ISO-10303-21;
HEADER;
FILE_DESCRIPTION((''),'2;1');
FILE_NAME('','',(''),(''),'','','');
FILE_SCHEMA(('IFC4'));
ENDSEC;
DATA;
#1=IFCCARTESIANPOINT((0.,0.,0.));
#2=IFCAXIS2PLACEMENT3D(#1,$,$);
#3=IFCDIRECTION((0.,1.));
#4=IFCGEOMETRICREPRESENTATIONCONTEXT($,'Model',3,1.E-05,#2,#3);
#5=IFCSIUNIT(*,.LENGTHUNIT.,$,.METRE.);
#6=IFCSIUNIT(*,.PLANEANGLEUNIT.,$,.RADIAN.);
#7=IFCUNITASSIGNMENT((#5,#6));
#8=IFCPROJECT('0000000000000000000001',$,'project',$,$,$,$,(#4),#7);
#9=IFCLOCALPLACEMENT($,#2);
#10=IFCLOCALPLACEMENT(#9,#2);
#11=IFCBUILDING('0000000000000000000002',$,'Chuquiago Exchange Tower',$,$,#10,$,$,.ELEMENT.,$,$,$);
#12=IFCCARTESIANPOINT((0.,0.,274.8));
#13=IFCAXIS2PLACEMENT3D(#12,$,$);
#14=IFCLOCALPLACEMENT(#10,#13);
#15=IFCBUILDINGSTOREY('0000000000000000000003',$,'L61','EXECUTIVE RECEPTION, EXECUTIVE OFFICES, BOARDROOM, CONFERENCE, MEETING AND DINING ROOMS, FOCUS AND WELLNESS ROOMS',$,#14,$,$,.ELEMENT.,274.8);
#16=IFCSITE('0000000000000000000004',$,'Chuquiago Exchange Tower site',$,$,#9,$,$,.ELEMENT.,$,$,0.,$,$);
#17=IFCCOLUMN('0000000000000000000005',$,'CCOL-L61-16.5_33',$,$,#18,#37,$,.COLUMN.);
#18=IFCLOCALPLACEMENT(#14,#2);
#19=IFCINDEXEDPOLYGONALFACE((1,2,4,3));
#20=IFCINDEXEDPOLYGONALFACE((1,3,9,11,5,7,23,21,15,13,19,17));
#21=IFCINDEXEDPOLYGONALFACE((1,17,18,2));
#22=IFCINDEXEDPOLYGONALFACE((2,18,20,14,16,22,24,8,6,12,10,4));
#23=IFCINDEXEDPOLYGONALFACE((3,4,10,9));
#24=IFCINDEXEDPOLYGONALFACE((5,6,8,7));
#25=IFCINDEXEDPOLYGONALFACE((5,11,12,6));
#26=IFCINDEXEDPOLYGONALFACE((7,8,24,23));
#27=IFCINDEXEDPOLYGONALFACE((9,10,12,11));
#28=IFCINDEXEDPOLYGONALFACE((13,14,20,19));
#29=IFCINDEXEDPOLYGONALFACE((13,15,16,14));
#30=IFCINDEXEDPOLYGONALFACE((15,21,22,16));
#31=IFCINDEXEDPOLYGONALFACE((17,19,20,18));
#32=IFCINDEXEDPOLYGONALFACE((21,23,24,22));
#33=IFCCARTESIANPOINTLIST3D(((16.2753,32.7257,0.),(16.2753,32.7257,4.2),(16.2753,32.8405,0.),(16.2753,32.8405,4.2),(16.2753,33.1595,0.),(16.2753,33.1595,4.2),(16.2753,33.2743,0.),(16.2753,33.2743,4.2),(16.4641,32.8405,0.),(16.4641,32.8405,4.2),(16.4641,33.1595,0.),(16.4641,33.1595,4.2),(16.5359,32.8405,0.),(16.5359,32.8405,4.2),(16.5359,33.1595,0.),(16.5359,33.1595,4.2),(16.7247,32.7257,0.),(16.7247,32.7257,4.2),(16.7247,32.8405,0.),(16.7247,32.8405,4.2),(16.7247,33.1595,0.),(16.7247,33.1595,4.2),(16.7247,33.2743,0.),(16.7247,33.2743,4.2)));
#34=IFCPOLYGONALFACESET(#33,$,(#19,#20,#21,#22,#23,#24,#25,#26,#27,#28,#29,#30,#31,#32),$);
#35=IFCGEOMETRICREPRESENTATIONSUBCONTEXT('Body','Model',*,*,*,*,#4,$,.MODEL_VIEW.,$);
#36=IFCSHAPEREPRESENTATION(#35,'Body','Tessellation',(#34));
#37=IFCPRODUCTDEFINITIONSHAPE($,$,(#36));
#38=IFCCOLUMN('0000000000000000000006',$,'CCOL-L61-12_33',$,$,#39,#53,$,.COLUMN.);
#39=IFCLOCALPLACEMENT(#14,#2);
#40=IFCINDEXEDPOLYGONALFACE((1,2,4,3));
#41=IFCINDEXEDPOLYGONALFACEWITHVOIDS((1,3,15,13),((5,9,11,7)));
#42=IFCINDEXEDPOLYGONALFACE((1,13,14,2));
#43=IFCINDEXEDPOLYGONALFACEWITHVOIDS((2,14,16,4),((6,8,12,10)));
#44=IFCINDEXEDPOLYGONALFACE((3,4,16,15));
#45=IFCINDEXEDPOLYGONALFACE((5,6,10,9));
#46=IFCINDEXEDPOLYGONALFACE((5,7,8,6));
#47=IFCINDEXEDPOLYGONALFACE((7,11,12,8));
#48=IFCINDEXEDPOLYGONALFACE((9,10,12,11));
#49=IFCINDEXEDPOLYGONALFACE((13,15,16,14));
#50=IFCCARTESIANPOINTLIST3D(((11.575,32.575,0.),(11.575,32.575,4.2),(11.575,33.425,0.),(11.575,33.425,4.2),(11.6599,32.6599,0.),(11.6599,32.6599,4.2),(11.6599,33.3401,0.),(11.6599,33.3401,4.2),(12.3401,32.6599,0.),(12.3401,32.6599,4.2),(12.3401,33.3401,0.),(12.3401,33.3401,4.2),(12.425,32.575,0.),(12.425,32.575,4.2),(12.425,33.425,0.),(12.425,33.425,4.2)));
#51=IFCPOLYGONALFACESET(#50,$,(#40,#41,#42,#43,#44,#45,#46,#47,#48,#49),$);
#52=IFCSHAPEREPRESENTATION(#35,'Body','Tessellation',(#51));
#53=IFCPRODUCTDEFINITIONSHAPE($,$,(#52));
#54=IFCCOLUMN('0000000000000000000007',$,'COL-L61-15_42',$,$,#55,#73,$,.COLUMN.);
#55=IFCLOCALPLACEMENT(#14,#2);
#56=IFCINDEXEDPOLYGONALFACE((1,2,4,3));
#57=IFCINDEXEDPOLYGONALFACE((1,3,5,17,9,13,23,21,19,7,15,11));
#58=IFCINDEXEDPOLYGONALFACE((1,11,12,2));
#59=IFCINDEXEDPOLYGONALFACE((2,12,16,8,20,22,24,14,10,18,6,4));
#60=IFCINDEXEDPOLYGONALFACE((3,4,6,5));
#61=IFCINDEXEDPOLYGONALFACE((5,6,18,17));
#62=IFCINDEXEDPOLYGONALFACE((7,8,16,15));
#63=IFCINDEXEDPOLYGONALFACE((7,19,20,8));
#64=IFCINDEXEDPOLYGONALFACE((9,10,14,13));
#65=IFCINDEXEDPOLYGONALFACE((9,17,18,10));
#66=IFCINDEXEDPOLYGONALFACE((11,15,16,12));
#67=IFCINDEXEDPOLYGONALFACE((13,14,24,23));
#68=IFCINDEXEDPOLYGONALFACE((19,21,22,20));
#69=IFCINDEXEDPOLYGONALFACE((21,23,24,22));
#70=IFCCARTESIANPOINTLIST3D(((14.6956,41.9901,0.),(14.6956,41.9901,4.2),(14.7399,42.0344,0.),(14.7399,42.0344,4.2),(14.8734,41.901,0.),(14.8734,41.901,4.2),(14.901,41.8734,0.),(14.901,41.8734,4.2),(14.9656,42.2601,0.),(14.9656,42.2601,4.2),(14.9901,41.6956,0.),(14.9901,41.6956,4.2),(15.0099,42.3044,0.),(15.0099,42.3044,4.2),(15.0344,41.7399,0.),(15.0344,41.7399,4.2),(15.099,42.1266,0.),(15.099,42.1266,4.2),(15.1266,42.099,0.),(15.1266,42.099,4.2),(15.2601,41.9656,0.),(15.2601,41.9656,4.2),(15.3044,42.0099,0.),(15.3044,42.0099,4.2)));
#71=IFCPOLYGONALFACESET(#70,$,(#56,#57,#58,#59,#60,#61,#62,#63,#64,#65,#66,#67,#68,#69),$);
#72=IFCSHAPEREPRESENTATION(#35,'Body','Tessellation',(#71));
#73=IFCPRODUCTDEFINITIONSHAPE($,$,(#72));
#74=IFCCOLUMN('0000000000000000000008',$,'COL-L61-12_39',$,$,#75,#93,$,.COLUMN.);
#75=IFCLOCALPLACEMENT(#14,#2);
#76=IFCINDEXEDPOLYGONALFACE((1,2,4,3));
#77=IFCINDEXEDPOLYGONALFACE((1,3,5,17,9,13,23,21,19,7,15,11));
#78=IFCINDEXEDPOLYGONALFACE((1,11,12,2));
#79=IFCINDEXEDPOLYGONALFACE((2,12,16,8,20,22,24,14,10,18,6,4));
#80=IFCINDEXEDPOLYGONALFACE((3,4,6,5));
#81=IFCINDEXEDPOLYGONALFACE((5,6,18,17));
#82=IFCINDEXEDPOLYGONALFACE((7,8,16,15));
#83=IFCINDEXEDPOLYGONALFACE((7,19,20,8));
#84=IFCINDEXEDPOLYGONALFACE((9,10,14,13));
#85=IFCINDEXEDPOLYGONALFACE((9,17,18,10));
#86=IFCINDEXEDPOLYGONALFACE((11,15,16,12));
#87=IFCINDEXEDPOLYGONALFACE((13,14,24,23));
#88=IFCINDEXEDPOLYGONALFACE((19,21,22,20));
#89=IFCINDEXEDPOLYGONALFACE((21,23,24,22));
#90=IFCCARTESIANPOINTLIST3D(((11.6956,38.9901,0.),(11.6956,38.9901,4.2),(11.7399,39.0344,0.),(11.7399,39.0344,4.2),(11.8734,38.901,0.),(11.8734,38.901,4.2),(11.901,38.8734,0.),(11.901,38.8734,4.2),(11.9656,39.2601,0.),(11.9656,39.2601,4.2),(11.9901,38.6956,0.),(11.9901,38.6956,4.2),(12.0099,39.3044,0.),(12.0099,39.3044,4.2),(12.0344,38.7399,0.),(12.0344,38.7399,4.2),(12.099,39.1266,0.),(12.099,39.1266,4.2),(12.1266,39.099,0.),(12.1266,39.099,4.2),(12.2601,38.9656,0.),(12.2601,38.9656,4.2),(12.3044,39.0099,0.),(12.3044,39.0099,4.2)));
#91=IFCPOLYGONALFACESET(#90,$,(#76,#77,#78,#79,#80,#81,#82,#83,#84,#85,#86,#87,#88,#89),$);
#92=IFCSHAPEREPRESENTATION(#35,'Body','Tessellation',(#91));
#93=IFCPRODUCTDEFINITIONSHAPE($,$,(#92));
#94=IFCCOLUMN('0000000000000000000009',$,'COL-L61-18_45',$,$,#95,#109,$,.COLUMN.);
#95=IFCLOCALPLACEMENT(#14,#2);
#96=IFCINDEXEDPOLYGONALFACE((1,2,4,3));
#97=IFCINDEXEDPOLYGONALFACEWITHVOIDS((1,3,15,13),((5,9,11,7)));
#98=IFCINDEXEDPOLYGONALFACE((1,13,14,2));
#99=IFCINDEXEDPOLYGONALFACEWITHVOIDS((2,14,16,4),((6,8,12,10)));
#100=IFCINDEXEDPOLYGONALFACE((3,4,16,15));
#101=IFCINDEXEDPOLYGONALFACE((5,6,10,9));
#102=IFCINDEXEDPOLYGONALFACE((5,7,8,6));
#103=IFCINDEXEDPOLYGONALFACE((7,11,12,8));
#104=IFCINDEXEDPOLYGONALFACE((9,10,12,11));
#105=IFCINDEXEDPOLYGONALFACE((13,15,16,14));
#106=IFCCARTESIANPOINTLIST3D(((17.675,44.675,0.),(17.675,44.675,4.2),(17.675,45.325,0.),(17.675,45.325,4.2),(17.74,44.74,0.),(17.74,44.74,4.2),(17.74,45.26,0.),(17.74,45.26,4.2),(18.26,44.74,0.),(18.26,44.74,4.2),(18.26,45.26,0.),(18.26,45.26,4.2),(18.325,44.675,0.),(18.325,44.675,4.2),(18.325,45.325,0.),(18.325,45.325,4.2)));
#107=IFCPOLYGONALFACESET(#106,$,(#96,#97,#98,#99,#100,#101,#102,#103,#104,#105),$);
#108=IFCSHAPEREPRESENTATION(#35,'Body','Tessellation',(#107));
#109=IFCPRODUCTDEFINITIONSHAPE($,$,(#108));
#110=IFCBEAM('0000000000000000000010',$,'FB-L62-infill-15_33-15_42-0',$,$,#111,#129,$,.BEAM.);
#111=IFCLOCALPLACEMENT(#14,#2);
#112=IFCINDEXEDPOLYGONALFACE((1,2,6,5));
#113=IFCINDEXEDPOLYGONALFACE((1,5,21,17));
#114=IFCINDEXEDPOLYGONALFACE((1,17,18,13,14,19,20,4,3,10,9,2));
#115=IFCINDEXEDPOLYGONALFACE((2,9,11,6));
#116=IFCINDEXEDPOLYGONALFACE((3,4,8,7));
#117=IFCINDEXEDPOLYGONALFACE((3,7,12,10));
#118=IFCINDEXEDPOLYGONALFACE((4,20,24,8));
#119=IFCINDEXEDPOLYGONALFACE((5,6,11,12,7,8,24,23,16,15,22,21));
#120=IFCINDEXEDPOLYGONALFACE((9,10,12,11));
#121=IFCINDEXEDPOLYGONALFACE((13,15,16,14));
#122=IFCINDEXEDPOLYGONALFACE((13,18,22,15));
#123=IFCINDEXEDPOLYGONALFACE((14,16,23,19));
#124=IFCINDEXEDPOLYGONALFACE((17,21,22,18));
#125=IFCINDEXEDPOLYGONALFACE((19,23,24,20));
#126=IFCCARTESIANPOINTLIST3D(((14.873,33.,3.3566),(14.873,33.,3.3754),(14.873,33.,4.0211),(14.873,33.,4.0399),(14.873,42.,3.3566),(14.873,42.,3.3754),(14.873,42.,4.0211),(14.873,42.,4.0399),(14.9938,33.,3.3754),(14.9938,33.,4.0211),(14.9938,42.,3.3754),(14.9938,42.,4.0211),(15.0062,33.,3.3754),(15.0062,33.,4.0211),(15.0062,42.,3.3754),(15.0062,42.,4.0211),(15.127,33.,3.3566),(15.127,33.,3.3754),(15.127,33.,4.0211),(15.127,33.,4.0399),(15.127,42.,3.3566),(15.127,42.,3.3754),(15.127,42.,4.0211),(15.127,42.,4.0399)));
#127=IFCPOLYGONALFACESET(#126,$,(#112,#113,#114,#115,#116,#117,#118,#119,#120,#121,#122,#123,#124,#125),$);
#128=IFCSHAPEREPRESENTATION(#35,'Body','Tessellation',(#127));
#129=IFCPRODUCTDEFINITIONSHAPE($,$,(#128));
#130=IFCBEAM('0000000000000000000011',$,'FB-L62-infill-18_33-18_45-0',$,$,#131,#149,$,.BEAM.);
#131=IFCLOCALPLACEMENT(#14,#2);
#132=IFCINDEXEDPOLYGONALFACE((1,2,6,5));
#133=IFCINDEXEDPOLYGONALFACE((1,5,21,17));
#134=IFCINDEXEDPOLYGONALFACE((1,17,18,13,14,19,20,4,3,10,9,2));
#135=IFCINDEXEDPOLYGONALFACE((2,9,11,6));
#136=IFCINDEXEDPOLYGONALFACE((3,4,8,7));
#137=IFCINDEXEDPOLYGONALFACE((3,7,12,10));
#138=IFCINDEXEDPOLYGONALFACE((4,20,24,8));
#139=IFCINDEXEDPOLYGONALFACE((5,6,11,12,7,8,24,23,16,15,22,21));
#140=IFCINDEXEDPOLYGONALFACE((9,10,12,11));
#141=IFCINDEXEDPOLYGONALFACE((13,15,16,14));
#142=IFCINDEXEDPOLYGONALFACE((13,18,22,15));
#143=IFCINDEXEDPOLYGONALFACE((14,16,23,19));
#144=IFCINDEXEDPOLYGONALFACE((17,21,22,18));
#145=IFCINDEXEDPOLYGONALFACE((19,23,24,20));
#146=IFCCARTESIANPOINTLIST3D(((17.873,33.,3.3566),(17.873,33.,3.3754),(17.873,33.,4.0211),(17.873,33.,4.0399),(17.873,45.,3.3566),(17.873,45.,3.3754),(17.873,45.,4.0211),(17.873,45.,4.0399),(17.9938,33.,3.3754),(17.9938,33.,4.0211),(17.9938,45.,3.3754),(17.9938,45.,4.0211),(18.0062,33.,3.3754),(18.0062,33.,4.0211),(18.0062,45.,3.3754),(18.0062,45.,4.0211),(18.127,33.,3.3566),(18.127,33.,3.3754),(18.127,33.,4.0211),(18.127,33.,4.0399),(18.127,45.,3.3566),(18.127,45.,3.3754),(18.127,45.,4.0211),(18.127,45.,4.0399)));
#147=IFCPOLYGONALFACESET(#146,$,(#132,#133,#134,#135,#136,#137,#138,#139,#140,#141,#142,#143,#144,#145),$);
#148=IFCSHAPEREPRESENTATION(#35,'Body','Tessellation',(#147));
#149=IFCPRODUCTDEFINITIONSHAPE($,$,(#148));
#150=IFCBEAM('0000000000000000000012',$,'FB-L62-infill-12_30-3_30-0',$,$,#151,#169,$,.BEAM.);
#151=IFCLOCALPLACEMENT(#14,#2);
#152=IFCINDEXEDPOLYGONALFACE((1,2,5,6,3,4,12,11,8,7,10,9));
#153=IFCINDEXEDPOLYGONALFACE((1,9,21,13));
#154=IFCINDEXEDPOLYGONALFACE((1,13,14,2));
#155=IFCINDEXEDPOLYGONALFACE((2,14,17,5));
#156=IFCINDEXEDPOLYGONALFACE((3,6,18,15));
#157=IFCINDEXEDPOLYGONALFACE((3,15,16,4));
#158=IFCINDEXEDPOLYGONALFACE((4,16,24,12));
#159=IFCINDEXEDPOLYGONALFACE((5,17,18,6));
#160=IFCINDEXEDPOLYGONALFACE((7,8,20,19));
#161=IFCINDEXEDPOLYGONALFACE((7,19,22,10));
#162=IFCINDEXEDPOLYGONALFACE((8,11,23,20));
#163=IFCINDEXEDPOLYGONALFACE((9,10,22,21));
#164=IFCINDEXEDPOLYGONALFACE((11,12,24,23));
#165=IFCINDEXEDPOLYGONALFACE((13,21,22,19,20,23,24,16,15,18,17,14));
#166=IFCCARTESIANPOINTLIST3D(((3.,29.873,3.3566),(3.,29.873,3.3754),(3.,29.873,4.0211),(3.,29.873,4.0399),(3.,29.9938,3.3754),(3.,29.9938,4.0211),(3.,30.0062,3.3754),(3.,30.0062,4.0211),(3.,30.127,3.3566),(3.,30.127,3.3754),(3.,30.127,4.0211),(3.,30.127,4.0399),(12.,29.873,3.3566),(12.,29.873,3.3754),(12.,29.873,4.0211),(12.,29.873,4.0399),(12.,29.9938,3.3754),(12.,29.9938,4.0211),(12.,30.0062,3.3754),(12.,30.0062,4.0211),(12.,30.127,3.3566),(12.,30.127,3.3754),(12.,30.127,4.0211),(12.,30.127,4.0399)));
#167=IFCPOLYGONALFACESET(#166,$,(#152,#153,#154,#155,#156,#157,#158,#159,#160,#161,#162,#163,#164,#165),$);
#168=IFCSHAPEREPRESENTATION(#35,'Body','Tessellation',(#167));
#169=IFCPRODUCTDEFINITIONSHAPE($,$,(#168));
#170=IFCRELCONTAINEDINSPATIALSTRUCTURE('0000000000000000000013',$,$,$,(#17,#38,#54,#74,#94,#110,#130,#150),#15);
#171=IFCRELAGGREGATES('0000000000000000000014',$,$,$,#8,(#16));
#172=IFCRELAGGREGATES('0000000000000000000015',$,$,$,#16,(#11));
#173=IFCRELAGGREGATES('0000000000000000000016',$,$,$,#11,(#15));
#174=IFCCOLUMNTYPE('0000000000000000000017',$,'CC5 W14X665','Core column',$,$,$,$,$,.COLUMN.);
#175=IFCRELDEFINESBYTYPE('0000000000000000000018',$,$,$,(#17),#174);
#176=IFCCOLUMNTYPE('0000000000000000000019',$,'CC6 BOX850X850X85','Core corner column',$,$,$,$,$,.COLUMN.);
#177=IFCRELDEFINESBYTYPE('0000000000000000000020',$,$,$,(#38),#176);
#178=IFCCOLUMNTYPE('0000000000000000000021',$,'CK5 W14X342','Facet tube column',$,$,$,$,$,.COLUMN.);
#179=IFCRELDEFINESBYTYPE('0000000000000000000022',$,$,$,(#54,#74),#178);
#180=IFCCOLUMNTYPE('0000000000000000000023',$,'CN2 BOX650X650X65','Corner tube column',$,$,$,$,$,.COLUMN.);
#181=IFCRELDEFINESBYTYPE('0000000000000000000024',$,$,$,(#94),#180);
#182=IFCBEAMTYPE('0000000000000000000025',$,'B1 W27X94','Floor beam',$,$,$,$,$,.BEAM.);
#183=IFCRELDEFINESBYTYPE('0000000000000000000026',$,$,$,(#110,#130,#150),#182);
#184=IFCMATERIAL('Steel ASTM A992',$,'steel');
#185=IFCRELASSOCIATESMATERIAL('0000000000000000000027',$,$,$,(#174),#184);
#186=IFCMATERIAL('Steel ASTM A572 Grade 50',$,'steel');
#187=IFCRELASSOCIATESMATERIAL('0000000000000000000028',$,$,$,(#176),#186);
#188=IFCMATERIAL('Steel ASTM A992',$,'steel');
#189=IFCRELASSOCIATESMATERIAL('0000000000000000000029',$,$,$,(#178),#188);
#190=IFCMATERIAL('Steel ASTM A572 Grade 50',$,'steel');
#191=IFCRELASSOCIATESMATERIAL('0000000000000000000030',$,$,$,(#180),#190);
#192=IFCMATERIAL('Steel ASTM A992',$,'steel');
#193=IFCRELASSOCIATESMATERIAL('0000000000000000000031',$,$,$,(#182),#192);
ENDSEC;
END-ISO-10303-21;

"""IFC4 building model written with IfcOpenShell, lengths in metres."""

from ifc_helpers import new_model, si_unit, direction, frame, origin, origin_2d, place, context, subcontext, project, spatial, hollow_rectangle, i_section, extrude, material, material_profile, profile_set, type_object, element, save


model = new_model("IFC4")

# Units and contexts
model_context = context("Model", 3, precision=1e-05, world=origin(), true_north=direction((0.0, 1.0)))
body_context = subcontext(model_context, "Body", "Model", "MODEL_VIEW")
ifc_project = project(units=[si_unit("LENGTHUNIT", "METRE"), si_unit("PLANEANGLEUNIT", "RADIAN")], contexts=[model_context])

# Site, building, storey
site_placement = place(None, origin())
site = spatial("IfcSite", under=ifc_project, at=site_placement, Name="Chuquiago Exchange Tower site", CompositionType="ELEMENT", RefElevation=0.0)
building_placement = place(site_placement, origin())
building = spatial("IfcBuilding", under=site, at=building_placement, Name="Chuquiago Exchange Tower", CompositionType="ELEMENT")
storey_placement = place(building_placement, frame((0.0, 0.0, 274.8)))
storey = spatial("IfcBuildingStorey", under=building, at=storey_placement, Name="L61", Description="EXECUTIVE RECEPTION, EXECUTIVE OFFICES, BOARDROOM, CONFERENCE, MEETING AND DINING ROOMS, FOCUS AND WELLNESS ROOMS", CompositionType="ELEMENT", Elevation=274.8)

# Columns
ifc_material_1 = material(Name="Steel ASTM A992", Category="steel")
ifc_material_profile_1 = material_profile(ifc_material_1, i_section(OverallWidth=0.4495, OverallDepth=0.5486, WebThickness=0.0718, FlangeThickness=0.1147, at=origin_2d()), Name="W14X665")
ifc_profile_set_1 = profile_set([ifc_material_profile_1], Name="Steel ASTM A992")
column_type_1 = type_object("IfcColumnType", Name="CC5 W14X665", Description="Core column", PredefinedType="COLUMN", material=ifc_profile_set_1)
column_1_placement = place(storey_placement, frame((16.5, 33.0, 0.0), z_axis=(0.0, 0.0, 1.0), x_axis=(1.0, 0.0, 0.0)))
element("IfcColumn", 1, at=column_1_placement, inside=storey, type_object=column_type_1, Name="CCOL-L61-16.5_33", PredefinedType="COLUMN", context=body_context, shape_type="SweptSolid", body=[
    extrude(i_section(OverallWidth=0.4495, OverallDepth=0.5486, WebThickness=0.0718, FlangeThickness=0.1147, at=origin_2d()), origin(), (0.0, 0.0, 1.0), 4.2),
])
ifc_material_2 = material(Name="Steel ASTM A572 Grade 50", Category="steel")
ifc_material_profile_2 = material_profile(ifc_material_2, hollow_rectangle(XDim=0.8501, YDim=0.8501, WallThickness=0.085, at=origin_2d()), Name="BOX850X850X85")
ifc_profile_set_2 = profile_set([ifc_material_profile_2], Name="Steel ASTM A572 Grade 50")
column_type_2 = type_object("IfcColumnType", Name="CC6 BOX850X850X85", Description="Core corner column", PredefinedType="COLUMN", material=ifc_profile_set_2)
column_2_placement = place(storey_placement, frame((12.0, 33.0, 0.0), z_axis=(0.0, 0.0, 1.0), x_axis=(1.0, 0.0, 0.0)))
element("IfcColumn", 2, at=column_2_placement, inside=storey, type_object=column_type_2, Name="CCOL-L61-12_33", PredefinedType="COLUMN", context=body_context, shape_type="SweptSolid", body=[
    extrude(hollow_rectangle(XDim=0.8501, YDim=0.8501, WallThickness=0.085, at=origin_2d()), origin(), (0.0, 0.0, 1.0), 4.2),
])
ifc_material_3 = material(Name="Steel ASTM A992", Category="steel")
ifc_material_profile_3 = material_profile(ifc_material_3, i_section(OverallWidth=0.4165, OverallDepth=0.4446, WebThickness=0.0391, FlangeThickness=0.0627, at=origin_2d()), Name="W14X342")
ifc_profile_set_3 = profile_set([ifc_material_profile_3], Name="Steel ASTM A992")
column_type_3 = type_object("IfcColumnType", Name="CK5 W14X342", Description="Facet tube column", PredefinedType="COLUMN", material=ifc_profile_set_3)
for number, where, z_axis, x_axis, name in (
    (3, (15.0, 42.0, 0.0), (0.0, 0.0, 1.0), (-0.707107, 0.707107, 0.0), "COL-L61-15_42"),
    (4, (12.0, 39.0, 0.0), (0.0, 0.0, 1.0), (-0.707107, 0.707107, 0.0), "COL-L61-12_39"),
):
    element("IfcColumn", number, at=place(storey_placement, frame(where, z_axis=z_axis, x_axis=x_axis)), inside=storey, type_object=column_type_3, Name=name, PredefinedType="COLUMN", context=body_context, shape_type="SweptSolid", body=[
        extrude(i_section(OverallWidth=0.4165, OverallDepth=0.4446, WebThickness=0.0391, FlangeThickness=0.0627, at=origin_2d()), origin(), (0.0, 0.0, 1.0), 4.2),
    ])
ifc_material_4 = material(Name="Steel ASTM A572 Grade 50", Category="steel")
ifc_material_profile_4 = material_profile(ifc_material_4, hollow_rectangle(XDim=0.6499, YDim=0.6499, WallThickness=0.0649, at=origin_2d()), Name="BOX650X650X65")
ifc_profile_set_4 = profile_set([ifc_material_profile_4], Name="Steel ASTM A572 Grade 50")
column_type_4 = type_object("IfcColumnType", Name="CN2 BOX650X650X65", Description="Corner tube column", PredefinedType="COLUMN", material=ifc_profile_set_4)
column_3_placement = place(storey_placement, frame((18.0, 45.0, 0.0), z_axis=(0.0, 0.0, 1.0), x_axis=(0.0, 1.0, 0.0)))
element("IfcColumn", 5, at=column_3_placement, inside=storey, type_object=column_type_4, Name="COL-L61-18_45", PredefinedType="COLUMN", context=body_context, shape_type="SweptSolid", body=[
    extrude(hollow_rectangle(XDim=0.6499, YDim=0.6499, WallThickness=0.0649, at=origin_2d()), origin(), (0.0, 0.0, 1.0), 4.2),
])

# Beams
ifc_material_5 = material(Name="Steel ASTM A992", Category="steel")
ifc_material_profile_5 = material_profile(ifc_material_5, i_section(OverallWidth=0.2539, OverallDepth=0.6833, WebThickness=0.0125, FlangeThickness=0.0188, at=origin_2d()), Name="W27X94")
ifc_profile_set_5 = profile_set([ifc_material_profile_5], Name="Steel ASTM A992")
beam_type_1 = type_object("IfcBeamType", Name="B1 W27X94", Description="Floor beam", PredefinedType="BEAM", material=ifc_profile_set_5)
beam_1_placement = place(storey_placement, frame((15.0, 33.0, 3.6982), z_axis=(0.0, 1.0, 0.0), x_axis=(-1.0, 0.0, 0.0)))
element("IfcBeam", 6, at=beam_1_placement, inside=storey, type_object=beam_type_1, Name="FB-L62-infill-15_33-15_42-0", PredefinedType="BEAM", context=body_context, shape_type="SweptSolid", body=[
    extrude(i_section(OverallWidth=0.2539, OverallDepth=0.6833, WebThickness=0.0125, FlangeThickness=0.0188, at=origin_2d()), origin(), (0.0, 0.0, 1.0), 9.0),
])
beam_2_placement = place(storey_placement, frame((18.0, 33.0, 3.6982), z_axis=(0.0, 1.0, 0.0), x_axis=(-1.0, 0.0, 0.0)))
element("IfcBeam", 7, at=beam_2_placement, inside=storey, type_object=beam_type_1, Name="FB-L62-infill-18_33-18_45-0", PredefinedType="BEAM", context=body_context, shape_type="SweptSolid", body=[
    extrude(i_section(OverallWidth=0.2539, OverallDepth=0.6833, WebThickness=0.0125, FlangeThickness=0.0188, at=origin_2d()), origin(), (0.0, 0.0, 1.0), 12.0),
])
beam_3_placement = place(storey_placement, frame((12.0, 30.0, 3.6982), z_axis=(-1.0, 0.0, 0.0), x_axis=(0.0, -1.0, 0.0)))
element("IfcBeam", 8, at=beam_3_placement, inside=storey, type_object=beam_type_1, Name="FB-L62-infill-12_30-3_30-0", PredefinedType="BEAM", context=body_context, shape_type="SweptSolid", body=[
    extrude(i_section(OverallWidth=0.2539, OverallDepth=0.6833, WebThickness=0.0125, FlangeThickness=0.0188, at=origin_2d()), origin(), (0.0, 0.0, 1.0), 9.0),
])

save(model, "model.ifc")
